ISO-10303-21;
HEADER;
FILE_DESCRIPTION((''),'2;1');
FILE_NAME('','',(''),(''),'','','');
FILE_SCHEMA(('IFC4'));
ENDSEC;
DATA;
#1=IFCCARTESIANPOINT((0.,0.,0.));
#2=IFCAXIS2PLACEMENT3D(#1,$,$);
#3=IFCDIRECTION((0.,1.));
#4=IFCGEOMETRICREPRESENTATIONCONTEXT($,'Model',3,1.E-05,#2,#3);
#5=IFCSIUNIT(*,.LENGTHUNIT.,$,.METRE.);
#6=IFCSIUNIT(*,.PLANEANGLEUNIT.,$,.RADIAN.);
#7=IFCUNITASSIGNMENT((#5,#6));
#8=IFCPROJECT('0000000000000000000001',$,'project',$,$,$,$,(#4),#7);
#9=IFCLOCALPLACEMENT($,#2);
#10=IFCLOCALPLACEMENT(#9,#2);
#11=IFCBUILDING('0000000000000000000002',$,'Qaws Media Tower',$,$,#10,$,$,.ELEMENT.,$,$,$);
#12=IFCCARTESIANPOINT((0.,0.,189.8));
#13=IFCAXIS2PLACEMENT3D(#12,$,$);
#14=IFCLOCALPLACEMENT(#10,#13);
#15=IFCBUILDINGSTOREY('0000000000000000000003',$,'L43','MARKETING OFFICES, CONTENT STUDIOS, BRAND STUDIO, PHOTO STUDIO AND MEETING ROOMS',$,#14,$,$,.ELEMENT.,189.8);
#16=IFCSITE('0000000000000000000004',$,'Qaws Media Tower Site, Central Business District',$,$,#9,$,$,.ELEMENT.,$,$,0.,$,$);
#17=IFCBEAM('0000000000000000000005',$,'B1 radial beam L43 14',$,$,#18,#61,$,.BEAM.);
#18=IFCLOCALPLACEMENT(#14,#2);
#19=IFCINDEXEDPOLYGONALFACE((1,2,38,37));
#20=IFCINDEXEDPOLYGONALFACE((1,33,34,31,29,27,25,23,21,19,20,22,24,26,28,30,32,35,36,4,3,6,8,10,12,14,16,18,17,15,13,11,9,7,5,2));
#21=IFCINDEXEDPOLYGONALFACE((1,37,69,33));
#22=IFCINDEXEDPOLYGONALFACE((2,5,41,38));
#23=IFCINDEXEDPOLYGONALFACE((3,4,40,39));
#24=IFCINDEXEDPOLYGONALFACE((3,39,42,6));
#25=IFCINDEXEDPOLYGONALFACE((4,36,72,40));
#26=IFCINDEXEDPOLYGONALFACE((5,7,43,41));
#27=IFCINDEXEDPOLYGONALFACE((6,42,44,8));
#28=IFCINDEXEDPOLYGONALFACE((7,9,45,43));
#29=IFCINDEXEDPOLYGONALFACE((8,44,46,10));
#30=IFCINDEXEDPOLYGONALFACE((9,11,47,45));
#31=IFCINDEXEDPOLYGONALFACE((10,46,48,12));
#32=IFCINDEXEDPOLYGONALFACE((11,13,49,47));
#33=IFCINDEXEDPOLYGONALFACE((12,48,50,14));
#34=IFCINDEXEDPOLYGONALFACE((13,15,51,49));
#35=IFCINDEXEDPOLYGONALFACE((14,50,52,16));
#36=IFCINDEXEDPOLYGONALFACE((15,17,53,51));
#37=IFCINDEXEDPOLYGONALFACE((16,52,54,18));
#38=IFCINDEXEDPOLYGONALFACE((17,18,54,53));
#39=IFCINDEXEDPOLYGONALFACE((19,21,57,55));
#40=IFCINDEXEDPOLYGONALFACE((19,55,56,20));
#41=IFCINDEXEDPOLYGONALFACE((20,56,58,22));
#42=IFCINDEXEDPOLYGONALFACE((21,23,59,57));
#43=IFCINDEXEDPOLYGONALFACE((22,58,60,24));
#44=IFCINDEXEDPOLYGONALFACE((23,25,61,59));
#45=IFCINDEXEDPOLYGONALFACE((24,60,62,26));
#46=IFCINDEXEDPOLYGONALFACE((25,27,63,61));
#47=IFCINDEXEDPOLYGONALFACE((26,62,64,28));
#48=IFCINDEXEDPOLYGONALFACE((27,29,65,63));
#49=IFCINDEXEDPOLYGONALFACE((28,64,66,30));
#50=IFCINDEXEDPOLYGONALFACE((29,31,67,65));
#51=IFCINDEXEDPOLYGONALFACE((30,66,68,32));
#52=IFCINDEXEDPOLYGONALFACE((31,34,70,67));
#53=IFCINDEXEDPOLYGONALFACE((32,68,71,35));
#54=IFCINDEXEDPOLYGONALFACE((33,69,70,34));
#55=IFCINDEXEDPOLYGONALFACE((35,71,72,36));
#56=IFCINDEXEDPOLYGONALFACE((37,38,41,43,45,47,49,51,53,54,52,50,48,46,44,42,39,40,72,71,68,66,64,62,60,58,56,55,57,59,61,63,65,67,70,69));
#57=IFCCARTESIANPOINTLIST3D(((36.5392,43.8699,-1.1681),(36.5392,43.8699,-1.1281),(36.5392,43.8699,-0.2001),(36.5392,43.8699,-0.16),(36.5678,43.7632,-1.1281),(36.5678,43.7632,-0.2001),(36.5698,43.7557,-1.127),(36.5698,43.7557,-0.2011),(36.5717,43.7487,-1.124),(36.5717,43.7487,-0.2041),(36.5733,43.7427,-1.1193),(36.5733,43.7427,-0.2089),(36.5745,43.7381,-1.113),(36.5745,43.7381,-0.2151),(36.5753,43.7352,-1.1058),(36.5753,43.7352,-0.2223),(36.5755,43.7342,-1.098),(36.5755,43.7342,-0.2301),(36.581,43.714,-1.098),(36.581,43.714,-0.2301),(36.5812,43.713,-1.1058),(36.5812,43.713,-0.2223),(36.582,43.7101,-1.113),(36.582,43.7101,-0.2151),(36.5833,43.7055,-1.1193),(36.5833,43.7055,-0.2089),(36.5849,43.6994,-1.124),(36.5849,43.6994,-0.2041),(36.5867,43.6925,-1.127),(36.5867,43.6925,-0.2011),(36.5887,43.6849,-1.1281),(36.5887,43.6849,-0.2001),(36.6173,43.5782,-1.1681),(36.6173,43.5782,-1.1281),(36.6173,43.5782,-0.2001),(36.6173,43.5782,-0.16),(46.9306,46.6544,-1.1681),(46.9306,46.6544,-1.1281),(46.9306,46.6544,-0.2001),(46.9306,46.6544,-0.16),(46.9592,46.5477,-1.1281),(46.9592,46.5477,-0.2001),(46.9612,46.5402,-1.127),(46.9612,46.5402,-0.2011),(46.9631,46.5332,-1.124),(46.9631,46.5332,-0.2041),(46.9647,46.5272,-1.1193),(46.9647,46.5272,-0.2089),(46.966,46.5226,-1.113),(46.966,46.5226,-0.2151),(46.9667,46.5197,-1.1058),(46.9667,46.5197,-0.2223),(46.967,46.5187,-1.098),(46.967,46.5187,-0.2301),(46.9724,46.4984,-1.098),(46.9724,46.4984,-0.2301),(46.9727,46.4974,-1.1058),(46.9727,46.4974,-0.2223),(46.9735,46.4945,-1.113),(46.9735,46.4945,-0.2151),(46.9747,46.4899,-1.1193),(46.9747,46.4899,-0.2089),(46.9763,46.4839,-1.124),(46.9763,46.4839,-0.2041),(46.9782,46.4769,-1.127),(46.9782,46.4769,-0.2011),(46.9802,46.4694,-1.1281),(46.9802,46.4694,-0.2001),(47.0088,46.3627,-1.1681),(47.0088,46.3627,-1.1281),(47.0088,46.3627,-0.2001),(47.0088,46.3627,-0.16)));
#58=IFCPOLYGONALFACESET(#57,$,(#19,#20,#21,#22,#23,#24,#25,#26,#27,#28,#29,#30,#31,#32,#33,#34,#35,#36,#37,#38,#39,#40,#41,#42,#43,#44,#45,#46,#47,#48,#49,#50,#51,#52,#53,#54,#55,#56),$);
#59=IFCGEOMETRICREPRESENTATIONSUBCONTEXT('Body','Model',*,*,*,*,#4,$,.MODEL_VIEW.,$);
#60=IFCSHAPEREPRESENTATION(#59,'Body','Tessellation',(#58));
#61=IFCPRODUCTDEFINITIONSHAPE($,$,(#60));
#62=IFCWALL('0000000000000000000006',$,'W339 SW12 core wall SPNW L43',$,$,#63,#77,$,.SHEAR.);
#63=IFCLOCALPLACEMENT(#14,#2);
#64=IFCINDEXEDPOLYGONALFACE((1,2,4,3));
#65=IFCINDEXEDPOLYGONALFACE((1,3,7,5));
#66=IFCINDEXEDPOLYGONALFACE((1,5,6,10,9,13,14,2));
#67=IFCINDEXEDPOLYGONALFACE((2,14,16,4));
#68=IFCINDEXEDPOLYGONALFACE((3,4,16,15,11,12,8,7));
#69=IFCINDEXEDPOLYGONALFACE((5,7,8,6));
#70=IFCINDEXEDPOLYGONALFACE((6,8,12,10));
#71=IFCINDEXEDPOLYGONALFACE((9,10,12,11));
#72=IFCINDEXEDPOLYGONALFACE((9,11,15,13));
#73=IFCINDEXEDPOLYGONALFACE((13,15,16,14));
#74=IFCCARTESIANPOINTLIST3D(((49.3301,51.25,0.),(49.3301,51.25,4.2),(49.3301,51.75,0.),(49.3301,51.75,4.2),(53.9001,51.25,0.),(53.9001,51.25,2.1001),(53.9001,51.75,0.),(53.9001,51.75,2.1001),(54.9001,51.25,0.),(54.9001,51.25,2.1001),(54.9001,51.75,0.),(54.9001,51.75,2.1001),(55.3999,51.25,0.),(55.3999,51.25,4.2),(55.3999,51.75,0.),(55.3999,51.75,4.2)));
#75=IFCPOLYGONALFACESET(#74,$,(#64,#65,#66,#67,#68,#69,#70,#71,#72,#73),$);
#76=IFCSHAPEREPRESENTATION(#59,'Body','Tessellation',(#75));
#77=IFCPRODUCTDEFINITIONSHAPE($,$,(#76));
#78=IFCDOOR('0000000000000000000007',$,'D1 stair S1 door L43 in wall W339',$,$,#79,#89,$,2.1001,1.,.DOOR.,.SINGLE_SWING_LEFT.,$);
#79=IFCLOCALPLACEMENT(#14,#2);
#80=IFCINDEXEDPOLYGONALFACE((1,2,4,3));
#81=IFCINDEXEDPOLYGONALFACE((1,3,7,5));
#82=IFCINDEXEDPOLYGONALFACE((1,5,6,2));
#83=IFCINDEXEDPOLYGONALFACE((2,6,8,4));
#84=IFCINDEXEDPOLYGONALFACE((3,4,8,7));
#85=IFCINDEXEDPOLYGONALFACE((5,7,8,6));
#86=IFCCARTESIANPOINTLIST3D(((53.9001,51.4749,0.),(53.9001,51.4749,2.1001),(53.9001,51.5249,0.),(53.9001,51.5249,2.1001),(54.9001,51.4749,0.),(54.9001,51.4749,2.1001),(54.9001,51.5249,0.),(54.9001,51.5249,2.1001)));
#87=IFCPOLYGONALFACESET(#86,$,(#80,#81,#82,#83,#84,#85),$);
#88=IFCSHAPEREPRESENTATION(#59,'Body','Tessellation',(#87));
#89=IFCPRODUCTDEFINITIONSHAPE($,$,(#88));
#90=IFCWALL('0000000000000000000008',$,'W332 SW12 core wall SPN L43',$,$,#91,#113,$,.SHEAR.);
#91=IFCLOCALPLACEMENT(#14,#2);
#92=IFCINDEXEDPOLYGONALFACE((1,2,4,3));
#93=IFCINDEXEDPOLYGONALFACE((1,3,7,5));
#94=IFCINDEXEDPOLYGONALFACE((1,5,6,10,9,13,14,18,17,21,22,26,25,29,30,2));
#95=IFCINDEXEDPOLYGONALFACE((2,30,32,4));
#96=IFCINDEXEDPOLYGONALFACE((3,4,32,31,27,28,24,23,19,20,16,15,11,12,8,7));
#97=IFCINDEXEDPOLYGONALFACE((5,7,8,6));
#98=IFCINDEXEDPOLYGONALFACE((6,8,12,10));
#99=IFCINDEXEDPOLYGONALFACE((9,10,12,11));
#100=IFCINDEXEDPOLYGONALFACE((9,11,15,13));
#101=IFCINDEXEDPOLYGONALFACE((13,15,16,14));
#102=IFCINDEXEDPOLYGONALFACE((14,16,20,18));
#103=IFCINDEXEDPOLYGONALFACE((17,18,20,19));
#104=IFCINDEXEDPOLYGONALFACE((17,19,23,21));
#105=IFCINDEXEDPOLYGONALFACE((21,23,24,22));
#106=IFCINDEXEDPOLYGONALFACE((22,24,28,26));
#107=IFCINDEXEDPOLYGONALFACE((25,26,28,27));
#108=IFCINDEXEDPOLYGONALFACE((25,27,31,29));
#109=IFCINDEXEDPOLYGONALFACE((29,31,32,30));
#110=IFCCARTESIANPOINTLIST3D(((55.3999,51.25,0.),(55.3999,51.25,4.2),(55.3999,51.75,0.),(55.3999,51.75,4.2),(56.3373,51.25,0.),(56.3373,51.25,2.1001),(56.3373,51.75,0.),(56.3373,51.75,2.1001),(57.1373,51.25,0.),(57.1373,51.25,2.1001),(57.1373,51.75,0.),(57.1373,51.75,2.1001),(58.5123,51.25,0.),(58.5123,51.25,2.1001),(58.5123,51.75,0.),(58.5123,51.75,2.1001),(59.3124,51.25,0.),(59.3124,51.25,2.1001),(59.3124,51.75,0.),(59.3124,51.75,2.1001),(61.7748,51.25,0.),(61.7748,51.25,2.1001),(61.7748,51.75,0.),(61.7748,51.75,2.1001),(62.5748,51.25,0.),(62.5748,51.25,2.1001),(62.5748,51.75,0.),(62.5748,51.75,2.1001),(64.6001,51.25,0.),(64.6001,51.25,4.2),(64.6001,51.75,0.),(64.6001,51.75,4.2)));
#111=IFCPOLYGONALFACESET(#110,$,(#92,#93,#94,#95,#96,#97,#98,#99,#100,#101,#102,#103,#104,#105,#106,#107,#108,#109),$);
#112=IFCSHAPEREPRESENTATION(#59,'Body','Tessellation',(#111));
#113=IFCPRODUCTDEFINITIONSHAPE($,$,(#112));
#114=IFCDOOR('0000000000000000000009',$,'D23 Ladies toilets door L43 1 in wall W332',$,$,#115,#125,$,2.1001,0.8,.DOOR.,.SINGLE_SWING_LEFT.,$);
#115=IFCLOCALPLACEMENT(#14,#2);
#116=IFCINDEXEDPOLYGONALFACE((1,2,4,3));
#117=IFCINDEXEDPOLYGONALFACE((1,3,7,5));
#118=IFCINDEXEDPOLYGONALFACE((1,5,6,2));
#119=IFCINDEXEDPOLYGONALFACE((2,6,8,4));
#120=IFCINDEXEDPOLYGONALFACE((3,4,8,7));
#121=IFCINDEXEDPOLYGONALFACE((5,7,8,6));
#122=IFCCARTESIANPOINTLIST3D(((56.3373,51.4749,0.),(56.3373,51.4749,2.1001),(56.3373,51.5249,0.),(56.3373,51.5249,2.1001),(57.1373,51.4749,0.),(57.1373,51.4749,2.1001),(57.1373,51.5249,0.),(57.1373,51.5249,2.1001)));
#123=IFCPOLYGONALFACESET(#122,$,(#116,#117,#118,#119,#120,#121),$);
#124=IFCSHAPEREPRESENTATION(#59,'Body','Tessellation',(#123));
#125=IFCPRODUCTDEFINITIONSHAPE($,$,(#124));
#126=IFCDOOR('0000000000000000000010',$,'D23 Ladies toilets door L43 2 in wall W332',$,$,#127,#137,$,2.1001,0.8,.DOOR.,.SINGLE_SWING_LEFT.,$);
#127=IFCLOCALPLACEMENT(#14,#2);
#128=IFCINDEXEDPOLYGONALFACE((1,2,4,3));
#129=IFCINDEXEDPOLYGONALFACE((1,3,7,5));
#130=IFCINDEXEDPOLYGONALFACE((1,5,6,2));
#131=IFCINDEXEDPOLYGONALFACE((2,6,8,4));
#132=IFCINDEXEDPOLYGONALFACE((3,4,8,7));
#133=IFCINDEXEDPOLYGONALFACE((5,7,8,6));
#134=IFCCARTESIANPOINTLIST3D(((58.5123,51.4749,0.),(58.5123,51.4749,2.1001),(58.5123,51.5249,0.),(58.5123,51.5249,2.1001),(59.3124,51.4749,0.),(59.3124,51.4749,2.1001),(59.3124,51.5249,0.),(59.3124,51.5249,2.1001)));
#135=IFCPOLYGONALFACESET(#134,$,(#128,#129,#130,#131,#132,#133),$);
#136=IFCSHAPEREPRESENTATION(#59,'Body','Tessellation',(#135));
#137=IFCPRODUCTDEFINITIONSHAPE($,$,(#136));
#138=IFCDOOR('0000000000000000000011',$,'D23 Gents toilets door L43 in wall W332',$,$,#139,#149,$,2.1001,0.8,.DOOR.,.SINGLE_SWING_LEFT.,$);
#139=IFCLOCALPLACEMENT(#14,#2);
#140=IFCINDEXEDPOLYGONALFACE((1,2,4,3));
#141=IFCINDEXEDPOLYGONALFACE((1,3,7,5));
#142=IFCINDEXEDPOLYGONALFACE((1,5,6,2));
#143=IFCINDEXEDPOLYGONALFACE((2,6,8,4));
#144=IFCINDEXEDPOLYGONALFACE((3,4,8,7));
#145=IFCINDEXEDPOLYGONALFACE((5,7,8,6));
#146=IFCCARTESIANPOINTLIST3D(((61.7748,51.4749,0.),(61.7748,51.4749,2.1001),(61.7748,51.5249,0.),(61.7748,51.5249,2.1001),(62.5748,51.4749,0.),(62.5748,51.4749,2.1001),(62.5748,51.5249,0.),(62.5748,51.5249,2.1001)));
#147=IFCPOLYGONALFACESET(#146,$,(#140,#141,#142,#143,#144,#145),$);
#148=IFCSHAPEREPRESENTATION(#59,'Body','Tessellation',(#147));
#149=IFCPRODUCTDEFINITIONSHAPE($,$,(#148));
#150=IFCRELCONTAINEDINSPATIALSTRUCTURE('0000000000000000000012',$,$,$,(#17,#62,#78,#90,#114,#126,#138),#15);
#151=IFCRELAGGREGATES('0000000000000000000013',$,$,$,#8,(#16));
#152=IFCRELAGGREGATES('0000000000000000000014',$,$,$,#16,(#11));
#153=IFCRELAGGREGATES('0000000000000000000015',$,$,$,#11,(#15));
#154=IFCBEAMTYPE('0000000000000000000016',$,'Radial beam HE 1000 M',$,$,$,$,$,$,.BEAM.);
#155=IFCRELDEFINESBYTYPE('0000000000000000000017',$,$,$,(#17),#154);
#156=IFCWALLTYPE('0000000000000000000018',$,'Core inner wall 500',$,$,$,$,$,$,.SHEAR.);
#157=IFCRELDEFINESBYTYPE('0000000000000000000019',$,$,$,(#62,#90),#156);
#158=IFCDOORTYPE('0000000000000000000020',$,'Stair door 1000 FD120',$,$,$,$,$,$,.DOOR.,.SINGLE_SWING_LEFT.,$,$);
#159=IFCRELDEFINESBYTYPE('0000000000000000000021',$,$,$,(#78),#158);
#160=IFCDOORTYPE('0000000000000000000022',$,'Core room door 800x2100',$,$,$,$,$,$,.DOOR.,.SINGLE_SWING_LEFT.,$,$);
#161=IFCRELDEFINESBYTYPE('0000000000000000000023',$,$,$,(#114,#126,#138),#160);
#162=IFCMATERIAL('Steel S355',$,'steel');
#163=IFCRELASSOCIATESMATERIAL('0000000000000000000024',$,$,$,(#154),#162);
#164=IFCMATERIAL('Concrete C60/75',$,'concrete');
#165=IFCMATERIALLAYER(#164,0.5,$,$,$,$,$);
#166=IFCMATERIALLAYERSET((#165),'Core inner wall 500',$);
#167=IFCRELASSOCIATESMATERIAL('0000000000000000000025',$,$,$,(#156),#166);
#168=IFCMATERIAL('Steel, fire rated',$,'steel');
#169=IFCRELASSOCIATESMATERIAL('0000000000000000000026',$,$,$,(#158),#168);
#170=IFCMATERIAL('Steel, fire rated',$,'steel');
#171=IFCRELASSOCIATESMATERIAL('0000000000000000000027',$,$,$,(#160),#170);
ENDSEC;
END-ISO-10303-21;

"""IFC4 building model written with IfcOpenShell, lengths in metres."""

from ifc_helpers import new_model, si_unit, direction, frame, frame_2d, origin, origin_2d, place, context, subcontext, project, spatial, rectangle, i_section, extrude, material, layer, layer_set, material_profile, profile_set, type_object, element, fill, save


model = new_model("IFC4")

# Units and contexts
model_context = context("Model", 3, precision=1e-05, world=origin(), true_north=direction((0.0, 1.0)))
body_context = subcontext(model_context, "Body", "Model", "MODEL_VIEW")
ifc_project = project(units=[si_unit("LENGTHUNIT", "METRE"), si_unit("PLANEANGLEUNIT", "RADIAN")], contexts=[model_context])

# Site, building, storey
site_placement = place(None, origin())
site = spatial("IfcSite", under=ifc_project, at=site_placement, Name="Qaws Media Tower Site, Central Business District", CompositionType="ELEMENT", RefElevation=0.0)
building_placement = place(site_placement, origin())
building = spatial("IfcBuilding", under=site, at=building_placement, Name="Qaws Media Tower", CompositionType="ELEMENT")
storey_placement = place(building_placement, frame((0.0, 0.0, 189.8)))
storey = spatial("IfcBuildingStorey", under=building, at=storey_placement, Name="L43", Description="MARKETING OFFICES, CONTENT STUDIOS, BRAND STUDIO, PHOTO STUDIO AND MEETING ROOMS", CompositionType="ELEMENT", Elevation=189.8)

# Beam
ifc_material_1 = material(Name="Steel S355", Category="steel")
ifc_material_profile_1 = material_profile(ifc_material_1, i_section(OverallWidth=0.302, OverallDepth=1.0081, WebThickness=0.021, FlangeThickness=0.04, FilletRadius=0.03, at=origin_2d()), Name="HE 1000 M")
ifc_profile_set_1 = profile_set([ifc_material_profile_1], Name="Steel S355")
beam_type_1 = type_object("IfcBeamType", Name="Radial beam HE 1000 M", PredefinedType="BEAM", material=ifc_profile_set_1)
beam_1_placement = place(storey_placement, frame((46.9697, 46.5085, -0.6641), z_axis=(-0.965924, -0.258825, 0.0), x_axis=(0.258825, -0.965924, 0.0)))
element("IfcBeam", 1, at=beam_1_placement, inside=storey, type_object=beam_type_1, Name="B1 radial beam L43 14", PredefinedType="BEAM", context=body_context, shape_type="SweptSolid", body=[
    extrude(i_section(OverallWidth=0.302, OverallDepth=1.0081, WebThickness=0.021, FlangeThickness=0.04, FilletRadius=0.03, at=origin_2d()), origin(), (0.0, 0.0, 1.0), 10.7581),
])

# Wall, opening, door
ifc_material_2 = material(Name="Concrete C60/75", Category="concrete")
ifc_layer_1 = layer(ifc_material_2, 0.5)
ifc_layer_set_1 = layer_set([ifc_layer_1], Name="Core inner wall 500")
wall_type_1 = type_object("IfcWallType", Name="Core inner wall 500", PredefinedType="SHEAR", material=ifc_layer_set_1)
wall_1_placement = place(storey_placement, frame((49.3301, 51.5, 0.0), z_axis=(0.0, 0.0, 1.0), x_axis=(1.0, 0.0, 0.0)))
wall_1 = element("IfcWall", 2, at=wall_1_placement, inside=storey, type_object=wall_type_1, Name="W339 SW12 core wall SPNW L43", PredefinedType="SHEAR", context=body_context, shape_type="SweptSolid", body=[
    extrude(rectangle(XDim=6.0698, YDim=0.5, at=frame_2d((3.0349, 0.0))), origin(), (0.0, 0.0, 1.0), 4.2),
])
opening_1_placement = place(wall_1_placement, frame((4.5701, 0.0, 0.0)))
opening_1 = element("IfcOpeningElement", 3, at=opening_1_placement, cuts=wall_1, PredefinedType="OPENING", context=body_context, shape_type="SweptSolid", body=[
    extrude(rectangle(XDim=1.0, YDim=2.1001, at=frame_2d((0.5, 1.05))), frame((0.0, 0.26, 0.0), z_axis=(0.0, -1.0, 0.0), x_axis=(1.0, 0.0, 0.0)), (0.0, 0.0, 1.0), 0.52),
])
ifc_material_3 = material(Name="Steel, fire rated", Category="steel")
door_type_1 = type_object("IfcDoorType", Name="Stair door 1000 FD120", OperationType="SINGLE_SWING_LEFT", PredefinedType="DOOR", material=ifc_material_3)
door_1_placement = place(opening_1_placement, origin())
door_1 = element("IfcDoor", 4, at=door_1_placement, inside=storey, type_object=door_type_1, Name="D1 stair S1 door L43 in wall W339", OperationType="SINGLE_SWING_LEFT", OverallHeight=2.1001, OverallWidth=1.0, PredefinedType="DOOR", context=body_context, shape_type="SweptSolid", body=[
    extrude(rectangle(XDim=1.0, YDim=2.1001, at=frame_2d((0.5, 1.05))), frame((0.0, 0.0249, 0.0), z_axis=(0.0, -1.0, 0.0), x_axis=(1.0, 0.0, 0.0)), (0.0, 0.0, 1.0), 0.05),
])
fill(opening_1, door_1)

# Wall, openings, doors
wall_2_placement = place(storey_placement, frame((55.3999, 51.5, 0.0), z_axis=(0.0, 0.0, 1.0), x_axis=(1.0, 0.0, 0.0)))
wall_2 = element("IfcWall", 5, at=wall_2_placement, inside=storey, type_object=wall_type_1, Name="W332 SW12 core wall SPN L43", PredefinedType="SHEAR", context=body_context, shape_type="SweptSolid", body=[
    extrude(rectangle(XDim=9.2002, YDim=0.5, at=frame_2d((4.6001, 0.0))), origin(), (0.0, 0.0, 1.0), 4.2),
])
opening_2_placement = place(wall_2_placement, frame((0.9375, 0.0, 0.0)))
opening_2 = element("IfcOpeningElement", 6, at=opening_2_placement, cuts=wall_2, PredefinedType="OPENING", context=body_context, shape_type="SweptSolid", body=[
    extrude(rectangle(XDim=0.8, YDim=2.1001, at=frame_2d((0.3999, 1.05))), frame((0.0, 0.26, 0.0), z_axis=(0.0, -1.0, 0.0), x_axis=(1.0, 0.0, 0.0)), (0.0, 0.0, 1.0), 0.52),
])
opening_3_placement = place(wall_2_placement, frame((3.1125, 0.0, 0.0)))
opening_3 = element("IfcOpeningElement", 7, at=opening_3_placement, cuts=wall_2, PredefinedType="OPENING", context=body_context, shape_type="SweptSolid", body=[
    extrude(rectangle(XDim=0.8, YDim=2.1001, at=frame_2d((0.3999, 1.05))), frame((0.0, 0.26, 0.0), z_axis=(0.0, -1.0, 0.0), x_axis=(1.0, 0.0, 0.0)), (0.0, 0.0, 1.0), 0.52),
])
opening_4_placement = place(wall_2_placement, frame((6.375, 0.0, 0.0)))
opening_4 = element("IfcOpeningElement", 8, at=opening_4_placement, cuts=wall_2, PredefinedType="OPENING", context=body_context, shape_type="SweptSolid", body=[
    extrude(rectangle(XDim=0.8, YDim=2.1001, at=frame_2d((0.3999, 1.05))), frame((0.0, 0.26, 0.0), z_axis=(0.0, -1.0, 0.0), x_axis=(1.0, 0.0, 0.0)), (0.0, 0.0, 1.0), 0.52),
])
ifc_material_4 = material(Name="Steel, fire rated", Category="steel")
door_type_2 = type_object("IfcDoorType", Name="Core room door 800x2100", OperationType="SINGLE_SWING_LEFT", PredefinedType="DOOR", material=ifc_material_4)
door_2_placement = place(opening_2_placement, origin())
door_2 = element("IfcDoor", 9, at=door_2_placement, inside=storey, type_object=door_type_2, Name="D23 Ladies toilets door L43 1 in wall W332", OperationType="SINGLE_SWING_LEFT", OverallHeight=2.1001, OverallWidth=0.8, PredefinedType="DOOR", context=body_context, shape_type="SweptSolid", body=[
    extrude(rectangle(XDim=0.8, YDim=2.1001, at=frame_2d((0.3999, 1.05))), frame((0.0, 0.0249, 0.0), z_axis=(0.0, -1.0, 0.0), x_axis=(1.0, 0.0, 0.0)), (0.0, 0.0, 1.0), 0.05),
])
fill(opening_2, door_2)
door_3_placement = place(opening_3_placement, origin())
door_3 = element("IfcDoor", 10, at=door_3_placement, inside=storey, type_object=door_type_2, Name="D23 Ladies toilets door L43 2 in wall W332", OperationType="SINGLE_SWING_LEFT", OverallHeight=2.1001, OverallWidth=0.8, PredefinedType="DOOR", context=body_context, shape_type="SweptSolid", body=[
    extrude(rectangle(XDim=0.8, YDim=2.1001, at=frame_2d((0.3999, 1.05))), frame((0.0, 0.0249, 0.0), z_axis=(0.0, -1.0, 0.0), x_axis=(1.0, 0.0, 0.0)), (0.0, 0.0, 1.0), 0.05),
])
fill(opening_3, door_3)
door_4_placement = place(opening_4_placement, origin())
door_4 = element("IfcDoor", 11, at=door_4_placement, inside=storey, type_object=door_type_2, Name="D23 Gents toilets door L43 in wall W332", OperationType="SINGLE_SWING_LEFT", OverallHeight=2.1001, OverallWidth=0.8, PredefinedType="DOOR", context=body_context, shape_type="SweptSolid", body=[
    extrude(rectangle(XDim=0.8, YDim=2.1001, at=frame_2d((0.3999, 1.05))), frame((0.0, 0.0249, 0.0), z_axis=(0.0, -1.0, 0.0), x_axis=(1.0, 0.0, 0.0)), (0.0, 0.0, 1.0), 0.05),
])
fill(opening_4, door_4)

save(model, "model.ifc")
